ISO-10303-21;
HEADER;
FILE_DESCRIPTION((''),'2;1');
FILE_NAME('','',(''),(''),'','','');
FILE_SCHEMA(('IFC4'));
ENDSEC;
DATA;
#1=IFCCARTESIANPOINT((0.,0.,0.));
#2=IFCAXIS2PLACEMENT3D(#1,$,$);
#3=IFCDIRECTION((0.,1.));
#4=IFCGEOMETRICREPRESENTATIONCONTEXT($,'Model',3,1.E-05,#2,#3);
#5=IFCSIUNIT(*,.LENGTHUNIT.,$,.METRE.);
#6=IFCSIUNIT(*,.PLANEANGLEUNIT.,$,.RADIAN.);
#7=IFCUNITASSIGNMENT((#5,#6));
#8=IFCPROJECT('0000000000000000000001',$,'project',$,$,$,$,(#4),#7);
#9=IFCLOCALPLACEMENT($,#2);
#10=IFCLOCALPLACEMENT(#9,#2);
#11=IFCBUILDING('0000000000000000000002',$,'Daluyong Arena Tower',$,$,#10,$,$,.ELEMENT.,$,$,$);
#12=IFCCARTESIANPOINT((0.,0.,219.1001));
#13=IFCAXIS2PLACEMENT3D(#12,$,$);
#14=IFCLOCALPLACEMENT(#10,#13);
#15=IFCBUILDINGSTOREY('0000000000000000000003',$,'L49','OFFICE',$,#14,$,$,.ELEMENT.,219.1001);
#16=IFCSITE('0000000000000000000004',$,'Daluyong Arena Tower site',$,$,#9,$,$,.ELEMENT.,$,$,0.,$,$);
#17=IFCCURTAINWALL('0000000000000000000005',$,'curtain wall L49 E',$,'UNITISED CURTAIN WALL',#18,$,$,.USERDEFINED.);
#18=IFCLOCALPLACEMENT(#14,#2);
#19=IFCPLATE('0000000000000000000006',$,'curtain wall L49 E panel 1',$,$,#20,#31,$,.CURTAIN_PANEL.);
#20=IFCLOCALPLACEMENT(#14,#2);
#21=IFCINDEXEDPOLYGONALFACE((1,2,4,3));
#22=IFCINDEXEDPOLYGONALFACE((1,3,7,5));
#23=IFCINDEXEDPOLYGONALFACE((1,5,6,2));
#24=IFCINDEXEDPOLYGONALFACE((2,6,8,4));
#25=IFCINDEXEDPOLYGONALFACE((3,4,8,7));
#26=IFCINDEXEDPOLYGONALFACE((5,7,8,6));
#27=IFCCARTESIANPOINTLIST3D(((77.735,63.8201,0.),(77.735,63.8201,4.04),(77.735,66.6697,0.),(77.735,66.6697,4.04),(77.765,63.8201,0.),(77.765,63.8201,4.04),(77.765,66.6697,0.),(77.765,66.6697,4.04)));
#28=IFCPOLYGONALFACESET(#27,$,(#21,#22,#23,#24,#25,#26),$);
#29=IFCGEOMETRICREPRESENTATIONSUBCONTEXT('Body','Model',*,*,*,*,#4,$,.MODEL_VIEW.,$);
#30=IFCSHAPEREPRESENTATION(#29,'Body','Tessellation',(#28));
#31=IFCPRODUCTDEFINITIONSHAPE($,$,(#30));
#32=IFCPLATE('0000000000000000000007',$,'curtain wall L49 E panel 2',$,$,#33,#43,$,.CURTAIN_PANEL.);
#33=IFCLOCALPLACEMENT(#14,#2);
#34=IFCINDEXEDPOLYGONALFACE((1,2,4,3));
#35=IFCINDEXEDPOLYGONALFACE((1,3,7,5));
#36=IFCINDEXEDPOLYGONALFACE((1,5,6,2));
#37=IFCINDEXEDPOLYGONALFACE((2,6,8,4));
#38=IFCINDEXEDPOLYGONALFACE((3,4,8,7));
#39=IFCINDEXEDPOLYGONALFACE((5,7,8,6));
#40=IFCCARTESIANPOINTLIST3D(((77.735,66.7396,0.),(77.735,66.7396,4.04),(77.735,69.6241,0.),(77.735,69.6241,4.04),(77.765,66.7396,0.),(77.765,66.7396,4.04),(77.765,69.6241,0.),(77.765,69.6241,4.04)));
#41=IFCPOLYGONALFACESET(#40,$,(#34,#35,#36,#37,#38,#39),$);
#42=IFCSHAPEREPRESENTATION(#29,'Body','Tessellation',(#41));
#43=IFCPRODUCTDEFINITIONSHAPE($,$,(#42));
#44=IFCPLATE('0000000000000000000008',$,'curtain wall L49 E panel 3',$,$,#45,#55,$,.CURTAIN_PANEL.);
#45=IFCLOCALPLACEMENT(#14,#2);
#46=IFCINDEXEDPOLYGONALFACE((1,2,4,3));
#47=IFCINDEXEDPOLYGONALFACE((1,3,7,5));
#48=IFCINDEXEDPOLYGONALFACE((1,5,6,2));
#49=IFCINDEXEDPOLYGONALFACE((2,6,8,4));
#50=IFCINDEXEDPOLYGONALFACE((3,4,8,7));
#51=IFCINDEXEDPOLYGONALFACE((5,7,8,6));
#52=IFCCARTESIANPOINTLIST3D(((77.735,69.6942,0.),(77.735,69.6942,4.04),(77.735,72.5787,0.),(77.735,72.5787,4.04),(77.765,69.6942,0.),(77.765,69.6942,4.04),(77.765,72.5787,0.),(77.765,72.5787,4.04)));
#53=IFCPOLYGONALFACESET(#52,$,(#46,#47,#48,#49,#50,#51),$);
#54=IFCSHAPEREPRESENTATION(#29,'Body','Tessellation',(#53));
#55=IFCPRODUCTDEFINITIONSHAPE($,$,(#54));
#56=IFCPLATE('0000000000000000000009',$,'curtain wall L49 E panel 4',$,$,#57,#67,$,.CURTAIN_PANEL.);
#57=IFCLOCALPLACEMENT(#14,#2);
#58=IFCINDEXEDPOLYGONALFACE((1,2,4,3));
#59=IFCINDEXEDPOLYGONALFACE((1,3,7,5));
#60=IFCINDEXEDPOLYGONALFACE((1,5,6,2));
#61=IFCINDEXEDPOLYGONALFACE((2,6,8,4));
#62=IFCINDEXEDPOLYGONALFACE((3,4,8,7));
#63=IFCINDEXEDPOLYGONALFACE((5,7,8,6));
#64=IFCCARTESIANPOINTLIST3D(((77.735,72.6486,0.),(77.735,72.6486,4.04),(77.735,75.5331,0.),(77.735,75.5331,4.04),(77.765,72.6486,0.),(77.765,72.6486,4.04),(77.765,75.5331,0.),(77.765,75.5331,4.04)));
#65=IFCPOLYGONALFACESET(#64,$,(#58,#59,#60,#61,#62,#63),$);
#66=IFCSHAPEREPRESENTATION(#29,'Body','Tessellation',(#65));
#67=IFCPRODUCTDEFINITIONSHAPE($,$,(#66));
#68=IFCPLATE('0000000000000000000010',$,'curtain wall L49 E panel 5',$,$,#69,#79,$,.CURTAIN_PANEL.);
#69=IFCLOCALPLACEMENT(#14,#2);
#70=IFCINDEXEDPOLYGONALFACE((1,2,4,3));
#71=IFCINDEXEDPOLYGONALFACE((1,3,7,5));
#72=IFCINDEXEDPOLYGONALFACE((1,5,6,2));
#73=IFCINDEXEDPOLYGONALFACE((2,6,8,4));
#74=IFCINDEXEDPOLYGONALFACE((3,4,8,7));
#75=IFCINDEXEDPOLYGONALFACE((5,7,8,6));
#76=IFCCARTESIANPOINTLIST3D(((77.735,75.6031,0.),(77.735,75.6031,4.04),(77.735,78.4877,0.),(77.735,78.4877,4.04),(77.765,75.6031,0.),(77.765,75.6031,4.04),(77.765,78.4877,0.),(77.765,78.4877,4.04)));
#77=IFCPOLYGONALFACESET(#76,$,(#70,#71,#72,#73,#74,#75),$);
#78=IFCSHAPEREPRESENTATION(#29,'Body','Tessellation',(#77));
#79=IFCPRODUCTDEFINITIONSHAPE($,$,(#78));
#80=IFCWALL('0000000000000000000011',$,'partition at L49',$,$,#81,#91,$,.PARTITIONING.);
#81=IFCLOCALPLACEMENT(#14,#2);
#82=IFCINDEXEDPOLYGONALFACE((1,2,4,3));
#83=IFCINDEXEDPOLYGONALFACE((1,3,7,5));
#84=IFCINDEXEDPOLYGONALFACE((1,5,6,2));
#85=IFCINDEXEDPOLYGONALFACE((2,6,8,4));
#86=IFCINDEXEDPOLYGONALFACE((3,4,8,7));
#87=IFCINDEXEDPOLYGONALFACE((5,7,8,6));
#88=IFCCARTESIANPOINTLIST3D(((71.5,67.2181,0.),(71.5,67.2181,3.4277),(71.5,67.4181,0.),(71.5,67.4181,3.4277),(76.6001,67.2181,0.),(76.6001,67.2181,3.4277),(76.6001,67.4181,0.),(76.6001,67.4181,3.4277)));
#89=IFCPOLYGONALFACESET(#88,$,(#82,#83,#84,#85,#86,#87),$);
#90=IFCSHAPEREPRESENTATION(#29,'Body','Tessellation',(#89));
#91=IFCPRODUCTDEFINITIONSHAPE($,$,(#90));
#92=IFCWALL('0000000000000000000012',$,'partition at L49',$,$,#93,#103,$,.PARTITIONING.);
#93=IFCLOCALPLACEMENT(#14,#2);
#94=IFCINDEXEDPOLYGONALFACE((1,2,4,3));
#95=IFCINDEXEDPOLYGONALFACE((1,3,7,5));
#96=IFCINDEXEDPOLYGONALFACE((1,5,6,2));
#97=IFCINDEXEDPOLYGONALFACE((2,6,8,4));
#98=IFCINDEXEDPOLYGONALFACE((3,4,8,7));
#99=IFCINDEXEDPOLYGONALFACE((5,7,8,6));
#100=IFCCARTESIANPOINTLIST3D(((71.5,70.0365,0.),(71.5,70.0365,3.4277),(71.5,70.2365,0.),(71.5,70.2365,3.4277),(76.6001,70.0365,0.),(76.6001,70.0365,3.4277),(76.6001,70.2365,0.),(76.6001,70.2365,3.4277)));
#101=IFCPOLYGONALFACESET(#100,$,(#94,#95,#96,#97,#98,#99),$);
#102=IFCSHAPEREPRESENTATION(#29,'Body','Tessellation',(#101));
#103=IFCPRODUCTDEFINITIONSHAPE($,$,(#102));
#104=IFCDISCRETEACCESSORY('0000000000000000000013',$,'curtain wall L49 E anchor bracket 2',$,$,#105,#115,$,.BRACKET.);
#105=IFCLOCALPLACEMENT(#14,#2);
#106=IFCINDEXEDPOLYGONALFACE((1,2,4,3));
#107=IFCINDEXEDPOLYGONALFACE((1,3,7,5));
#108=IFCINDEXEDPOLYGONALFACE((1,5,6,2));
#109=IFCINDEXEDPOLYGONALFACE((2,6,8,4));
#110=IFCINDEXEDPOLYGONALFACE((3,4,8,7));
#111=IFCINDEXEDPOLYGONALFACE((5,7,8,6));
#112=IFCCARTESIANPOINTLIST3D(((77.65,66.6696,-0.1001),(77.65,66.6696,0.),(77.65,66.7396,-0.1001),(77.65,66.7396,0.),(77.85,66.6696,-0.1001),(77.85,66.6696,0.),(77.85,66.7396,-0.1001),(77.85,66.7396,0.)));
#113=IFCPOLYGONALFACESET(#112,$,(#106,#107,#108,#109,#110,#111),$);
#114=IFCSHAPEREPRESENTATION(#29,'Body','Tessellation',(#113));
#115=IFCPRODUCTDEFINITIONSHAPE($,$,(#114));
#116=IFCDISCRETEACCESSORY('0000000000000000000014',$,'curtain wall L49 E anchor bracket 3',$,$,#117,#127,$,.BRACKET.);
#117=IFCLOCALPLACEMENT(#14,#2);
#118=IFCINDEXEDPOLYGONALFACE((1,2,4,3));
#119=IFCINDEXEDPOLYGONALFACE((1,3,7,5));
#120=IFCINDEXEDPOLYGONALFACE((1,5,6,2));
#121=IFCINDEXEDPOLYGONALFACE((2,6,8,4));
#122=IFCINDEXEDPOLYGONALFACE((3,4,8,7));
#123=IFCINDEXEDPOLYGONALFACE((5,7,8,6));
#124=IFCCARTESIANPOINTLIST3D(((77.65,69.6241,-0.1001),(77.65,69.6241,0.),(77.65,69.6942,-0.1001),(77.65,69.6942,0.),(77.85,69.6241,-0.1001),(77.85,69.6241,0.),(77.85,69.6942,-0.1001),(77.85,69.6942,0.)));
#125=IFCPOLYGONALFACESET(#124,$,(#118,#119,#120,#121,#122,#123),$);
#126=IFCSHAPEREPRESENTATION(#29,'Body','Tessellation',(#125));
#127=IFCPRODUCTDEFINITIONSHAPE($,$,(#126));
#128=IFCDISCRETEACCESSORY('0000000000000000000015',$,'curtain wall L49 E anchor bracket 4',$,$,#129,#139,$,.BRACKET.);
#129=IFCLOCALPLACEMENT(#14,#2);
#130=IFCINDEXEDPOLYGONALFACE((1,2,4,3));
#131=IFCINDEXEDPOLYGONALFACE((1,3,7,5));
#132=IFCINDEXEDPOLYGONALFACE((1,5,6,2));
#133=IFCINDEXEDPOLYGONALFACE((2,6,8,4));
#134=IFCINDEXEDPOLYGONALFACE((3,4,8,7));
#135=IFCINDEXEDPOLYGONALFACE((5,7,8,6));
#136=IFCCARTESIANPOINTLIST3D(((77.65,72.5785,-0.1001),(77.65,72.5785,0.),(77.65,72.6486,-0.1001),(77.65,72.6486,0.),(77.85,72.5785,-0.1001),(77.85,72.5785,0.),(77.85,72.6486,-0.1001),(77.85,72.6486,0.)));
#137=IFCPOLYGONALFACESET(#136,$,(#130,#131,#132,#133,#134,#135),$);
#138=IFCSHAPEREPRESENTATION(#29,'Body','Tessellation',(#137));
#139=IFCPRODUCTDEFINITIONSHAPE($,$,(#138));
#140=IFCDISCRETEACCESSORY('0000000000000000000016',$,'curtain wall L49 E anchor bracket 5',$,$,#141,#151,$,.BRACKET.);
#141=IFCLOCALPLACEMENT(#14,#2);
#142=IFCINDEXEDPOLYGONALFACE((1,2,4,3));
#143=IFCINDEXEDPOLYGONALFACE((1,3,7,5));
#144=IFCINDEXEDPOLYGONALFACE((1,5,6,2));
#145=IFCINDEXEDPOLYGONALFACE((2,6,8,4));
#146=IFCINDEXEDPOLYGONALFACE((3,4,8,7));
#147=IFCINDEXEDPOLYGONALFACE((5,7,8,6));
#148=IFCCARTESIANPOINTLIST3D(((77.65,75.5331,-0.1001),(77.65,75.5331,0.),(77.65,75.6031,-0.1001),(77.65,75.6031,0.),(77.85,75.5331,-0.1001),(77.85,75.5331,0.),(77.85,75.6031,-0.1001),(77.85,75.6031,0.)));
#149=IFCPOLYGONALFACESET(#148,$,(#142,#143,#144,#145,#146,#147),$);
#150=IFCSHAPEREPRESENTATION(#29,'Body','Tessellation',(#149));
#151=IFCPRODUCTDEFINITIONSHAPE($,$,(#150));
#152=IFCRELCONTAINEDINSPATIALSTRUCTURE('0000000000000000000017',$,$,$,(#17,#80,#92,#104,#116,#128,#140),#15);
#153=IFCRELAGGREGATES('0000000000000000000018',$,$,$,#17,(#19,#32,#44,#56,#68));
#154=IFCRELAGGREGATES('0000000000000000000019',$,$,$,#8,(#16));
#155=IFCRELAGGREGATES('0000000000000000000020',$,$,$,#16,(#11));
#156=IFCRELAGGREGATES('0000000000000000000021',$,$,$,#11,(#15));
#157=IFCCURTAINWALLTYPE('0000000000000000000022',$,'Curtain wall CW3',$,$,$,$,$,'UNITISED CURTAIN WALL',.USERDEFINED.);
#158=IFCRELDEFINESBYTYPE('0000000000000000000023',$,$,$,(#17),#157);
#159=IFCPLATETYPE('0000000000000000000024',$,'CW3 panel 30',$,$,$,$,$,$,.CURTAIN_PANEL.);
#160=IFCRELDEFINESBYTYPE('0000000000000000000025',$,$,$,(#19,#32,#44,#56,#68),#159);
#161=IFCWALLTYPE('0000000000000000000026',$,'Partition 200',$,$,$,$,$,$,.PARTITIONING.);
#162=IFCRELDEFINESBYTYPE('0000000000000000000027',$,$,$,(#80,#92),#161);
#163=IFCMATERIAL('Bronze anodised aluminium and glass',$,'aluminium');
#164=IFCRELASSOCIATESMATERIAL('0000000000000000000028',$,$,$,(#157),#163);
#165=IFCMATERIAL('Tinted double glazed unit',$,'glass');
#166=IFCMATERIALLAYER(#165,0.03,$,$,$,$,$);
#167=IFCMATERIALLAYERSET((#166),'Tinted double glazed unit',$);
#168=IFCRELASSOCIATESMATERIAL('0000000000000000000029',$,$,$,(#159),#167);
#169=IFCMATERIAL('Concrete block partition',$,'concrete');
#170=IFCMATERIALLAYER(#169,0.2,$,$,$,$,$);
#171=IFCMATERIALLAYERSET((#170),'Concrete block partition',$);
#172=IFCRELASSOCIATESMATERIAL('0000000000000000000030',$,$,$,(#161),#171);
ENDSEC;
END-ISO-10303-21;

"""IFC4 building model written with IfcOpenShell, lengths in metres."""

from ifc_helpers import new_model, si_unit, direction, frame, frame_2d, origin, origin_2d, place, context, subcontext, project, spatial, rectangle, extrude, material, layer, layer_set, type_object, element, aggregate, save


model = new_model("IFC4")

# Units and contexts
model_context = context("Model", 3, precision=1e-05, world=origin(), true_north=direction((0.0, 1.0)))
body_context = subcontext(model_context, "Body", "Model", "MODEL_VIEW")
ifc_project = project(units=[si_unit("LENGTHUNIT", "METRE"), si_unit("PLANEANGLEUNIT", "RADIAN")], contexts=[model_context])

# Site, building, storey
site_placement = place(None, origin())
site = spatial("IfcSite", under=ifc_project, at=site_placement, Name="Daluyong Arena Tower site", CompositionType="ELEMENT", RefElevation=0.0)
building_placement = place(site_placement, origin())
building = spatial("IfcBuilding", under=site, at=building_placement, Name="Daluyong Arena Tower", CompositionType="ELEMENT")
storey_placement = place(building_placement, frame((0.0, 0.0, 219.1001)))
storey = spatial("IfcBuildingStorey", under=building, at=storey_placement, Name="L49", Description="OFFICE", CompositionType="ELEMENT", Elevation=219.1001)

# Curtain wall
ifc_material_1 = material(Name="Bronze anodised aluminium and glass", Category="aluminium")
curtain_wall_type = type_object("IfcCurtainWallType", Name="Curtain wall CW3", ElementType="UNITISED CURTAIN WALL", PredefinedType="USERDEFINED", material=ifc_material_1)
curtain_wall_placement = place(storey_placement, origin())
curtain_wall = element("IfcCurtainWall", 1, at=curtain_wall_placement, inside=storey, type_object=curtain_wall_type, Name="curtain wall L49 E", ObjectType="UNITISED CURTAIN WALL", PredefinedType="USERDEFINED")

# Plates
ifc_material_2 = material(Name="Tinted double glazed unit", Category="glass")
ifc_layer_1 = layer(ifc_material_2, 0.03)
ifc_layer_set_1 = layer_set([ifc_layer_1], Name="Tinted double glazed unit")
plate_type = type_object("IfcPlateType", Name="CW3 panel 30", PredefinedType="CURTAIN_PANEL", material=ifc_layer_set_1)
plate_1_placement = place(storey_placement, frame((77.75, 65.2449, 0.0), z_axis=(0.0, 0.0, 1.0), x_axis=(0.0, 1.0, 0.0)))
plate_1 = element("IfcPlate", 2, at=plate_1_placement, type_object=plate_type, Name="curtain wall L49 E panel 1", PredefinedType="CURTAIN_PANEL", context=body_context, shape_type="SweptSolid", body=[
    extrude(rectangle(XDim=2.8496, YDim=0.03, at=origin_2d()), origin(), (0.0, 0.0, 1.0), 4.04),
])
plate_2_placement = place(storey_placement, frame((77.75, 68.1819, 0.0), z_axis=(0.0, 0.0, 1.0), x_axis=(0.0, 1.0, 0.0)))
plate_2 = element("IfcPlate", 3, at=plate_2_placement, type_object=plate_type, Name="curtain wall L49 E panel 2", PredefinedType="CURTAIN_PANEL", context=body_context, shape_type="SweptSolid", body=[
    extrude(rectangle(XDim=2.8845, YDim=0.03, at=origin_2d()), origin(), (0.0, 0.0, 1.0), 4.04),
])
plate_3_placement = place(storey_placement, frame((77.75, 71.1365, 0.0), z_axis=(0.0, 0.0, 1.0), x_axis=(0.0, 1.0, 0.0)))
plate_3 = element("IfcPlate", 4, at=plate_3_placement, type_object=plate_type, Name="curtain wall L49 E panel 3", PredefinedType="CURTAIN_PANEL", context=body_context, shape_type="SweptSolid", body=[
    extrude(rectangle(XDim=2.8845, YDim=0.03, at=origin_2d()), origin(), (0.0, 0.0, 1.0), 4.04),
])
plate_4_placement = place(storey_placement, frame((77.75, 74.0908, 0.0), z_axis=(0.0, 0.0, 1.0), x_axis=(0.0, 1.0, 0.0)))
plate_4 = element("IfcPlate", 5, at=plate_4_placement, type_object=plate_type, Name="curtain wall L49 E panel 4", PredefinedType="CURTAIN_PANEL", context=body_context, shape_type="SweptSolid", body=[
    extrude(rectangle(XDim=2.8845, YDim=0.03, at=origin_2d()), origin(), (0.0, 0.0, 1.0), 4.04),
])
plate_5_placement = place(storey_placement, frame((77.75, 77.0454, 0.0), z_axis=(0.0, 0.0, 1.0), x_axis=(0.0, 1.0, 0.0)))
plate_5 = element("IfcPlate", 6, at=plate_5_placement, type_object=plate_type, Name="curtain wall L49 E panel 5", PredefinedType="CURTAIN_PANEL", context=body_context, shape_type="SweptSolid", body=[
    extrude(rectangle(XDim=2.8845, YDim=0.03, at=origin_2d()), origin(), (0.0, 0.0, 1.0), 4.04),
])
aggregate(curtain_wall, [plate_1, plate_2, plate_3, plate_4, plate_5])

# Walls
ifc_material_3 = material(Name="Concrete block partition", Category="concrete")
ifc_layer_2 = layer(ifc_material_3, 0.2)
ifc_layer_set_2 = layer_set([ifc_layer_2], Name="Concrete block partition")
wall_type_1 = type_object("IfcWallType", Name="Partition 200", PredefinedType="PARTITIONING", material=ifc_layer_set_2)
for number, where, z_axis, x_axis, name in (
    (7, (71.5, 67.3181, 0.0), (0.0, 0.0, 1.0), (1.0, 0.0, 0.0), "partition at L49"),
    (8, (71.5, 70.1365, 0.0), (0.0, 0.0, 1.0), (1.0, 0.0, 0.0), "partition at L49"),
):
    element("IfcWall", number, at=place(storey_placement, frame(where, z_axis=z_axis, x_axis=x_axis)), inside=storey, type_object=wall_type_1, Name=name, PredefinedType="PARTITIONING", context=body_context, shape_type="SweptSolid", body=[
        extrude(rectangle(XDim=5.1001, YDim=0.2, at=frame_2d((2.55, 0.0))), origin(), (0.0, 0.0, 1.0), 3.4277),
    ])

# Discrete accessories
for number, where, z_axis, x_axis, name in (
    (9, (77.75, 66.7046, -0.1001), (0.0, 0.0, 1.0), (0.0, 1.0, 0.0), "curtain wall L49 E anchor bracket 2"),
    (10, (77.75, 69.6592, -0.1001), (0.0, 0.0, 1.0), (0.0, 1.0, 0.0), "curtain wall L49 E anchor bracket 3"),
    (11, (77.75, 72.6135, -0.1001), (0.0, 0.0, 1.0), (0.0, 1.0, 0.0), "curtain wall L49 E anchor bracket 4"),
    (12, (77.75, 75.5681, -0.1001), (0.0, 0.0, 1.0), (0.0, 1.0, 0.0), "curtain wall L49 E anchor bracket 5"),
):
    element("IfcDiscreteAccessory", number, at=place(storey_placement, frame(where, z_axis=z_axis, x_axis=x_axis)), inside=storey, Name=name, PredefinedType="BRACKET", context=body_context, shape_type="SweptSolid", body=[
        extrude(rectangle(XDim=0.0701, YDim=0.2, at=origin_2d()), origin(), (0.0, 0.0, 1.0), 0.1001),
    ])

save(model, "model.ifc")
